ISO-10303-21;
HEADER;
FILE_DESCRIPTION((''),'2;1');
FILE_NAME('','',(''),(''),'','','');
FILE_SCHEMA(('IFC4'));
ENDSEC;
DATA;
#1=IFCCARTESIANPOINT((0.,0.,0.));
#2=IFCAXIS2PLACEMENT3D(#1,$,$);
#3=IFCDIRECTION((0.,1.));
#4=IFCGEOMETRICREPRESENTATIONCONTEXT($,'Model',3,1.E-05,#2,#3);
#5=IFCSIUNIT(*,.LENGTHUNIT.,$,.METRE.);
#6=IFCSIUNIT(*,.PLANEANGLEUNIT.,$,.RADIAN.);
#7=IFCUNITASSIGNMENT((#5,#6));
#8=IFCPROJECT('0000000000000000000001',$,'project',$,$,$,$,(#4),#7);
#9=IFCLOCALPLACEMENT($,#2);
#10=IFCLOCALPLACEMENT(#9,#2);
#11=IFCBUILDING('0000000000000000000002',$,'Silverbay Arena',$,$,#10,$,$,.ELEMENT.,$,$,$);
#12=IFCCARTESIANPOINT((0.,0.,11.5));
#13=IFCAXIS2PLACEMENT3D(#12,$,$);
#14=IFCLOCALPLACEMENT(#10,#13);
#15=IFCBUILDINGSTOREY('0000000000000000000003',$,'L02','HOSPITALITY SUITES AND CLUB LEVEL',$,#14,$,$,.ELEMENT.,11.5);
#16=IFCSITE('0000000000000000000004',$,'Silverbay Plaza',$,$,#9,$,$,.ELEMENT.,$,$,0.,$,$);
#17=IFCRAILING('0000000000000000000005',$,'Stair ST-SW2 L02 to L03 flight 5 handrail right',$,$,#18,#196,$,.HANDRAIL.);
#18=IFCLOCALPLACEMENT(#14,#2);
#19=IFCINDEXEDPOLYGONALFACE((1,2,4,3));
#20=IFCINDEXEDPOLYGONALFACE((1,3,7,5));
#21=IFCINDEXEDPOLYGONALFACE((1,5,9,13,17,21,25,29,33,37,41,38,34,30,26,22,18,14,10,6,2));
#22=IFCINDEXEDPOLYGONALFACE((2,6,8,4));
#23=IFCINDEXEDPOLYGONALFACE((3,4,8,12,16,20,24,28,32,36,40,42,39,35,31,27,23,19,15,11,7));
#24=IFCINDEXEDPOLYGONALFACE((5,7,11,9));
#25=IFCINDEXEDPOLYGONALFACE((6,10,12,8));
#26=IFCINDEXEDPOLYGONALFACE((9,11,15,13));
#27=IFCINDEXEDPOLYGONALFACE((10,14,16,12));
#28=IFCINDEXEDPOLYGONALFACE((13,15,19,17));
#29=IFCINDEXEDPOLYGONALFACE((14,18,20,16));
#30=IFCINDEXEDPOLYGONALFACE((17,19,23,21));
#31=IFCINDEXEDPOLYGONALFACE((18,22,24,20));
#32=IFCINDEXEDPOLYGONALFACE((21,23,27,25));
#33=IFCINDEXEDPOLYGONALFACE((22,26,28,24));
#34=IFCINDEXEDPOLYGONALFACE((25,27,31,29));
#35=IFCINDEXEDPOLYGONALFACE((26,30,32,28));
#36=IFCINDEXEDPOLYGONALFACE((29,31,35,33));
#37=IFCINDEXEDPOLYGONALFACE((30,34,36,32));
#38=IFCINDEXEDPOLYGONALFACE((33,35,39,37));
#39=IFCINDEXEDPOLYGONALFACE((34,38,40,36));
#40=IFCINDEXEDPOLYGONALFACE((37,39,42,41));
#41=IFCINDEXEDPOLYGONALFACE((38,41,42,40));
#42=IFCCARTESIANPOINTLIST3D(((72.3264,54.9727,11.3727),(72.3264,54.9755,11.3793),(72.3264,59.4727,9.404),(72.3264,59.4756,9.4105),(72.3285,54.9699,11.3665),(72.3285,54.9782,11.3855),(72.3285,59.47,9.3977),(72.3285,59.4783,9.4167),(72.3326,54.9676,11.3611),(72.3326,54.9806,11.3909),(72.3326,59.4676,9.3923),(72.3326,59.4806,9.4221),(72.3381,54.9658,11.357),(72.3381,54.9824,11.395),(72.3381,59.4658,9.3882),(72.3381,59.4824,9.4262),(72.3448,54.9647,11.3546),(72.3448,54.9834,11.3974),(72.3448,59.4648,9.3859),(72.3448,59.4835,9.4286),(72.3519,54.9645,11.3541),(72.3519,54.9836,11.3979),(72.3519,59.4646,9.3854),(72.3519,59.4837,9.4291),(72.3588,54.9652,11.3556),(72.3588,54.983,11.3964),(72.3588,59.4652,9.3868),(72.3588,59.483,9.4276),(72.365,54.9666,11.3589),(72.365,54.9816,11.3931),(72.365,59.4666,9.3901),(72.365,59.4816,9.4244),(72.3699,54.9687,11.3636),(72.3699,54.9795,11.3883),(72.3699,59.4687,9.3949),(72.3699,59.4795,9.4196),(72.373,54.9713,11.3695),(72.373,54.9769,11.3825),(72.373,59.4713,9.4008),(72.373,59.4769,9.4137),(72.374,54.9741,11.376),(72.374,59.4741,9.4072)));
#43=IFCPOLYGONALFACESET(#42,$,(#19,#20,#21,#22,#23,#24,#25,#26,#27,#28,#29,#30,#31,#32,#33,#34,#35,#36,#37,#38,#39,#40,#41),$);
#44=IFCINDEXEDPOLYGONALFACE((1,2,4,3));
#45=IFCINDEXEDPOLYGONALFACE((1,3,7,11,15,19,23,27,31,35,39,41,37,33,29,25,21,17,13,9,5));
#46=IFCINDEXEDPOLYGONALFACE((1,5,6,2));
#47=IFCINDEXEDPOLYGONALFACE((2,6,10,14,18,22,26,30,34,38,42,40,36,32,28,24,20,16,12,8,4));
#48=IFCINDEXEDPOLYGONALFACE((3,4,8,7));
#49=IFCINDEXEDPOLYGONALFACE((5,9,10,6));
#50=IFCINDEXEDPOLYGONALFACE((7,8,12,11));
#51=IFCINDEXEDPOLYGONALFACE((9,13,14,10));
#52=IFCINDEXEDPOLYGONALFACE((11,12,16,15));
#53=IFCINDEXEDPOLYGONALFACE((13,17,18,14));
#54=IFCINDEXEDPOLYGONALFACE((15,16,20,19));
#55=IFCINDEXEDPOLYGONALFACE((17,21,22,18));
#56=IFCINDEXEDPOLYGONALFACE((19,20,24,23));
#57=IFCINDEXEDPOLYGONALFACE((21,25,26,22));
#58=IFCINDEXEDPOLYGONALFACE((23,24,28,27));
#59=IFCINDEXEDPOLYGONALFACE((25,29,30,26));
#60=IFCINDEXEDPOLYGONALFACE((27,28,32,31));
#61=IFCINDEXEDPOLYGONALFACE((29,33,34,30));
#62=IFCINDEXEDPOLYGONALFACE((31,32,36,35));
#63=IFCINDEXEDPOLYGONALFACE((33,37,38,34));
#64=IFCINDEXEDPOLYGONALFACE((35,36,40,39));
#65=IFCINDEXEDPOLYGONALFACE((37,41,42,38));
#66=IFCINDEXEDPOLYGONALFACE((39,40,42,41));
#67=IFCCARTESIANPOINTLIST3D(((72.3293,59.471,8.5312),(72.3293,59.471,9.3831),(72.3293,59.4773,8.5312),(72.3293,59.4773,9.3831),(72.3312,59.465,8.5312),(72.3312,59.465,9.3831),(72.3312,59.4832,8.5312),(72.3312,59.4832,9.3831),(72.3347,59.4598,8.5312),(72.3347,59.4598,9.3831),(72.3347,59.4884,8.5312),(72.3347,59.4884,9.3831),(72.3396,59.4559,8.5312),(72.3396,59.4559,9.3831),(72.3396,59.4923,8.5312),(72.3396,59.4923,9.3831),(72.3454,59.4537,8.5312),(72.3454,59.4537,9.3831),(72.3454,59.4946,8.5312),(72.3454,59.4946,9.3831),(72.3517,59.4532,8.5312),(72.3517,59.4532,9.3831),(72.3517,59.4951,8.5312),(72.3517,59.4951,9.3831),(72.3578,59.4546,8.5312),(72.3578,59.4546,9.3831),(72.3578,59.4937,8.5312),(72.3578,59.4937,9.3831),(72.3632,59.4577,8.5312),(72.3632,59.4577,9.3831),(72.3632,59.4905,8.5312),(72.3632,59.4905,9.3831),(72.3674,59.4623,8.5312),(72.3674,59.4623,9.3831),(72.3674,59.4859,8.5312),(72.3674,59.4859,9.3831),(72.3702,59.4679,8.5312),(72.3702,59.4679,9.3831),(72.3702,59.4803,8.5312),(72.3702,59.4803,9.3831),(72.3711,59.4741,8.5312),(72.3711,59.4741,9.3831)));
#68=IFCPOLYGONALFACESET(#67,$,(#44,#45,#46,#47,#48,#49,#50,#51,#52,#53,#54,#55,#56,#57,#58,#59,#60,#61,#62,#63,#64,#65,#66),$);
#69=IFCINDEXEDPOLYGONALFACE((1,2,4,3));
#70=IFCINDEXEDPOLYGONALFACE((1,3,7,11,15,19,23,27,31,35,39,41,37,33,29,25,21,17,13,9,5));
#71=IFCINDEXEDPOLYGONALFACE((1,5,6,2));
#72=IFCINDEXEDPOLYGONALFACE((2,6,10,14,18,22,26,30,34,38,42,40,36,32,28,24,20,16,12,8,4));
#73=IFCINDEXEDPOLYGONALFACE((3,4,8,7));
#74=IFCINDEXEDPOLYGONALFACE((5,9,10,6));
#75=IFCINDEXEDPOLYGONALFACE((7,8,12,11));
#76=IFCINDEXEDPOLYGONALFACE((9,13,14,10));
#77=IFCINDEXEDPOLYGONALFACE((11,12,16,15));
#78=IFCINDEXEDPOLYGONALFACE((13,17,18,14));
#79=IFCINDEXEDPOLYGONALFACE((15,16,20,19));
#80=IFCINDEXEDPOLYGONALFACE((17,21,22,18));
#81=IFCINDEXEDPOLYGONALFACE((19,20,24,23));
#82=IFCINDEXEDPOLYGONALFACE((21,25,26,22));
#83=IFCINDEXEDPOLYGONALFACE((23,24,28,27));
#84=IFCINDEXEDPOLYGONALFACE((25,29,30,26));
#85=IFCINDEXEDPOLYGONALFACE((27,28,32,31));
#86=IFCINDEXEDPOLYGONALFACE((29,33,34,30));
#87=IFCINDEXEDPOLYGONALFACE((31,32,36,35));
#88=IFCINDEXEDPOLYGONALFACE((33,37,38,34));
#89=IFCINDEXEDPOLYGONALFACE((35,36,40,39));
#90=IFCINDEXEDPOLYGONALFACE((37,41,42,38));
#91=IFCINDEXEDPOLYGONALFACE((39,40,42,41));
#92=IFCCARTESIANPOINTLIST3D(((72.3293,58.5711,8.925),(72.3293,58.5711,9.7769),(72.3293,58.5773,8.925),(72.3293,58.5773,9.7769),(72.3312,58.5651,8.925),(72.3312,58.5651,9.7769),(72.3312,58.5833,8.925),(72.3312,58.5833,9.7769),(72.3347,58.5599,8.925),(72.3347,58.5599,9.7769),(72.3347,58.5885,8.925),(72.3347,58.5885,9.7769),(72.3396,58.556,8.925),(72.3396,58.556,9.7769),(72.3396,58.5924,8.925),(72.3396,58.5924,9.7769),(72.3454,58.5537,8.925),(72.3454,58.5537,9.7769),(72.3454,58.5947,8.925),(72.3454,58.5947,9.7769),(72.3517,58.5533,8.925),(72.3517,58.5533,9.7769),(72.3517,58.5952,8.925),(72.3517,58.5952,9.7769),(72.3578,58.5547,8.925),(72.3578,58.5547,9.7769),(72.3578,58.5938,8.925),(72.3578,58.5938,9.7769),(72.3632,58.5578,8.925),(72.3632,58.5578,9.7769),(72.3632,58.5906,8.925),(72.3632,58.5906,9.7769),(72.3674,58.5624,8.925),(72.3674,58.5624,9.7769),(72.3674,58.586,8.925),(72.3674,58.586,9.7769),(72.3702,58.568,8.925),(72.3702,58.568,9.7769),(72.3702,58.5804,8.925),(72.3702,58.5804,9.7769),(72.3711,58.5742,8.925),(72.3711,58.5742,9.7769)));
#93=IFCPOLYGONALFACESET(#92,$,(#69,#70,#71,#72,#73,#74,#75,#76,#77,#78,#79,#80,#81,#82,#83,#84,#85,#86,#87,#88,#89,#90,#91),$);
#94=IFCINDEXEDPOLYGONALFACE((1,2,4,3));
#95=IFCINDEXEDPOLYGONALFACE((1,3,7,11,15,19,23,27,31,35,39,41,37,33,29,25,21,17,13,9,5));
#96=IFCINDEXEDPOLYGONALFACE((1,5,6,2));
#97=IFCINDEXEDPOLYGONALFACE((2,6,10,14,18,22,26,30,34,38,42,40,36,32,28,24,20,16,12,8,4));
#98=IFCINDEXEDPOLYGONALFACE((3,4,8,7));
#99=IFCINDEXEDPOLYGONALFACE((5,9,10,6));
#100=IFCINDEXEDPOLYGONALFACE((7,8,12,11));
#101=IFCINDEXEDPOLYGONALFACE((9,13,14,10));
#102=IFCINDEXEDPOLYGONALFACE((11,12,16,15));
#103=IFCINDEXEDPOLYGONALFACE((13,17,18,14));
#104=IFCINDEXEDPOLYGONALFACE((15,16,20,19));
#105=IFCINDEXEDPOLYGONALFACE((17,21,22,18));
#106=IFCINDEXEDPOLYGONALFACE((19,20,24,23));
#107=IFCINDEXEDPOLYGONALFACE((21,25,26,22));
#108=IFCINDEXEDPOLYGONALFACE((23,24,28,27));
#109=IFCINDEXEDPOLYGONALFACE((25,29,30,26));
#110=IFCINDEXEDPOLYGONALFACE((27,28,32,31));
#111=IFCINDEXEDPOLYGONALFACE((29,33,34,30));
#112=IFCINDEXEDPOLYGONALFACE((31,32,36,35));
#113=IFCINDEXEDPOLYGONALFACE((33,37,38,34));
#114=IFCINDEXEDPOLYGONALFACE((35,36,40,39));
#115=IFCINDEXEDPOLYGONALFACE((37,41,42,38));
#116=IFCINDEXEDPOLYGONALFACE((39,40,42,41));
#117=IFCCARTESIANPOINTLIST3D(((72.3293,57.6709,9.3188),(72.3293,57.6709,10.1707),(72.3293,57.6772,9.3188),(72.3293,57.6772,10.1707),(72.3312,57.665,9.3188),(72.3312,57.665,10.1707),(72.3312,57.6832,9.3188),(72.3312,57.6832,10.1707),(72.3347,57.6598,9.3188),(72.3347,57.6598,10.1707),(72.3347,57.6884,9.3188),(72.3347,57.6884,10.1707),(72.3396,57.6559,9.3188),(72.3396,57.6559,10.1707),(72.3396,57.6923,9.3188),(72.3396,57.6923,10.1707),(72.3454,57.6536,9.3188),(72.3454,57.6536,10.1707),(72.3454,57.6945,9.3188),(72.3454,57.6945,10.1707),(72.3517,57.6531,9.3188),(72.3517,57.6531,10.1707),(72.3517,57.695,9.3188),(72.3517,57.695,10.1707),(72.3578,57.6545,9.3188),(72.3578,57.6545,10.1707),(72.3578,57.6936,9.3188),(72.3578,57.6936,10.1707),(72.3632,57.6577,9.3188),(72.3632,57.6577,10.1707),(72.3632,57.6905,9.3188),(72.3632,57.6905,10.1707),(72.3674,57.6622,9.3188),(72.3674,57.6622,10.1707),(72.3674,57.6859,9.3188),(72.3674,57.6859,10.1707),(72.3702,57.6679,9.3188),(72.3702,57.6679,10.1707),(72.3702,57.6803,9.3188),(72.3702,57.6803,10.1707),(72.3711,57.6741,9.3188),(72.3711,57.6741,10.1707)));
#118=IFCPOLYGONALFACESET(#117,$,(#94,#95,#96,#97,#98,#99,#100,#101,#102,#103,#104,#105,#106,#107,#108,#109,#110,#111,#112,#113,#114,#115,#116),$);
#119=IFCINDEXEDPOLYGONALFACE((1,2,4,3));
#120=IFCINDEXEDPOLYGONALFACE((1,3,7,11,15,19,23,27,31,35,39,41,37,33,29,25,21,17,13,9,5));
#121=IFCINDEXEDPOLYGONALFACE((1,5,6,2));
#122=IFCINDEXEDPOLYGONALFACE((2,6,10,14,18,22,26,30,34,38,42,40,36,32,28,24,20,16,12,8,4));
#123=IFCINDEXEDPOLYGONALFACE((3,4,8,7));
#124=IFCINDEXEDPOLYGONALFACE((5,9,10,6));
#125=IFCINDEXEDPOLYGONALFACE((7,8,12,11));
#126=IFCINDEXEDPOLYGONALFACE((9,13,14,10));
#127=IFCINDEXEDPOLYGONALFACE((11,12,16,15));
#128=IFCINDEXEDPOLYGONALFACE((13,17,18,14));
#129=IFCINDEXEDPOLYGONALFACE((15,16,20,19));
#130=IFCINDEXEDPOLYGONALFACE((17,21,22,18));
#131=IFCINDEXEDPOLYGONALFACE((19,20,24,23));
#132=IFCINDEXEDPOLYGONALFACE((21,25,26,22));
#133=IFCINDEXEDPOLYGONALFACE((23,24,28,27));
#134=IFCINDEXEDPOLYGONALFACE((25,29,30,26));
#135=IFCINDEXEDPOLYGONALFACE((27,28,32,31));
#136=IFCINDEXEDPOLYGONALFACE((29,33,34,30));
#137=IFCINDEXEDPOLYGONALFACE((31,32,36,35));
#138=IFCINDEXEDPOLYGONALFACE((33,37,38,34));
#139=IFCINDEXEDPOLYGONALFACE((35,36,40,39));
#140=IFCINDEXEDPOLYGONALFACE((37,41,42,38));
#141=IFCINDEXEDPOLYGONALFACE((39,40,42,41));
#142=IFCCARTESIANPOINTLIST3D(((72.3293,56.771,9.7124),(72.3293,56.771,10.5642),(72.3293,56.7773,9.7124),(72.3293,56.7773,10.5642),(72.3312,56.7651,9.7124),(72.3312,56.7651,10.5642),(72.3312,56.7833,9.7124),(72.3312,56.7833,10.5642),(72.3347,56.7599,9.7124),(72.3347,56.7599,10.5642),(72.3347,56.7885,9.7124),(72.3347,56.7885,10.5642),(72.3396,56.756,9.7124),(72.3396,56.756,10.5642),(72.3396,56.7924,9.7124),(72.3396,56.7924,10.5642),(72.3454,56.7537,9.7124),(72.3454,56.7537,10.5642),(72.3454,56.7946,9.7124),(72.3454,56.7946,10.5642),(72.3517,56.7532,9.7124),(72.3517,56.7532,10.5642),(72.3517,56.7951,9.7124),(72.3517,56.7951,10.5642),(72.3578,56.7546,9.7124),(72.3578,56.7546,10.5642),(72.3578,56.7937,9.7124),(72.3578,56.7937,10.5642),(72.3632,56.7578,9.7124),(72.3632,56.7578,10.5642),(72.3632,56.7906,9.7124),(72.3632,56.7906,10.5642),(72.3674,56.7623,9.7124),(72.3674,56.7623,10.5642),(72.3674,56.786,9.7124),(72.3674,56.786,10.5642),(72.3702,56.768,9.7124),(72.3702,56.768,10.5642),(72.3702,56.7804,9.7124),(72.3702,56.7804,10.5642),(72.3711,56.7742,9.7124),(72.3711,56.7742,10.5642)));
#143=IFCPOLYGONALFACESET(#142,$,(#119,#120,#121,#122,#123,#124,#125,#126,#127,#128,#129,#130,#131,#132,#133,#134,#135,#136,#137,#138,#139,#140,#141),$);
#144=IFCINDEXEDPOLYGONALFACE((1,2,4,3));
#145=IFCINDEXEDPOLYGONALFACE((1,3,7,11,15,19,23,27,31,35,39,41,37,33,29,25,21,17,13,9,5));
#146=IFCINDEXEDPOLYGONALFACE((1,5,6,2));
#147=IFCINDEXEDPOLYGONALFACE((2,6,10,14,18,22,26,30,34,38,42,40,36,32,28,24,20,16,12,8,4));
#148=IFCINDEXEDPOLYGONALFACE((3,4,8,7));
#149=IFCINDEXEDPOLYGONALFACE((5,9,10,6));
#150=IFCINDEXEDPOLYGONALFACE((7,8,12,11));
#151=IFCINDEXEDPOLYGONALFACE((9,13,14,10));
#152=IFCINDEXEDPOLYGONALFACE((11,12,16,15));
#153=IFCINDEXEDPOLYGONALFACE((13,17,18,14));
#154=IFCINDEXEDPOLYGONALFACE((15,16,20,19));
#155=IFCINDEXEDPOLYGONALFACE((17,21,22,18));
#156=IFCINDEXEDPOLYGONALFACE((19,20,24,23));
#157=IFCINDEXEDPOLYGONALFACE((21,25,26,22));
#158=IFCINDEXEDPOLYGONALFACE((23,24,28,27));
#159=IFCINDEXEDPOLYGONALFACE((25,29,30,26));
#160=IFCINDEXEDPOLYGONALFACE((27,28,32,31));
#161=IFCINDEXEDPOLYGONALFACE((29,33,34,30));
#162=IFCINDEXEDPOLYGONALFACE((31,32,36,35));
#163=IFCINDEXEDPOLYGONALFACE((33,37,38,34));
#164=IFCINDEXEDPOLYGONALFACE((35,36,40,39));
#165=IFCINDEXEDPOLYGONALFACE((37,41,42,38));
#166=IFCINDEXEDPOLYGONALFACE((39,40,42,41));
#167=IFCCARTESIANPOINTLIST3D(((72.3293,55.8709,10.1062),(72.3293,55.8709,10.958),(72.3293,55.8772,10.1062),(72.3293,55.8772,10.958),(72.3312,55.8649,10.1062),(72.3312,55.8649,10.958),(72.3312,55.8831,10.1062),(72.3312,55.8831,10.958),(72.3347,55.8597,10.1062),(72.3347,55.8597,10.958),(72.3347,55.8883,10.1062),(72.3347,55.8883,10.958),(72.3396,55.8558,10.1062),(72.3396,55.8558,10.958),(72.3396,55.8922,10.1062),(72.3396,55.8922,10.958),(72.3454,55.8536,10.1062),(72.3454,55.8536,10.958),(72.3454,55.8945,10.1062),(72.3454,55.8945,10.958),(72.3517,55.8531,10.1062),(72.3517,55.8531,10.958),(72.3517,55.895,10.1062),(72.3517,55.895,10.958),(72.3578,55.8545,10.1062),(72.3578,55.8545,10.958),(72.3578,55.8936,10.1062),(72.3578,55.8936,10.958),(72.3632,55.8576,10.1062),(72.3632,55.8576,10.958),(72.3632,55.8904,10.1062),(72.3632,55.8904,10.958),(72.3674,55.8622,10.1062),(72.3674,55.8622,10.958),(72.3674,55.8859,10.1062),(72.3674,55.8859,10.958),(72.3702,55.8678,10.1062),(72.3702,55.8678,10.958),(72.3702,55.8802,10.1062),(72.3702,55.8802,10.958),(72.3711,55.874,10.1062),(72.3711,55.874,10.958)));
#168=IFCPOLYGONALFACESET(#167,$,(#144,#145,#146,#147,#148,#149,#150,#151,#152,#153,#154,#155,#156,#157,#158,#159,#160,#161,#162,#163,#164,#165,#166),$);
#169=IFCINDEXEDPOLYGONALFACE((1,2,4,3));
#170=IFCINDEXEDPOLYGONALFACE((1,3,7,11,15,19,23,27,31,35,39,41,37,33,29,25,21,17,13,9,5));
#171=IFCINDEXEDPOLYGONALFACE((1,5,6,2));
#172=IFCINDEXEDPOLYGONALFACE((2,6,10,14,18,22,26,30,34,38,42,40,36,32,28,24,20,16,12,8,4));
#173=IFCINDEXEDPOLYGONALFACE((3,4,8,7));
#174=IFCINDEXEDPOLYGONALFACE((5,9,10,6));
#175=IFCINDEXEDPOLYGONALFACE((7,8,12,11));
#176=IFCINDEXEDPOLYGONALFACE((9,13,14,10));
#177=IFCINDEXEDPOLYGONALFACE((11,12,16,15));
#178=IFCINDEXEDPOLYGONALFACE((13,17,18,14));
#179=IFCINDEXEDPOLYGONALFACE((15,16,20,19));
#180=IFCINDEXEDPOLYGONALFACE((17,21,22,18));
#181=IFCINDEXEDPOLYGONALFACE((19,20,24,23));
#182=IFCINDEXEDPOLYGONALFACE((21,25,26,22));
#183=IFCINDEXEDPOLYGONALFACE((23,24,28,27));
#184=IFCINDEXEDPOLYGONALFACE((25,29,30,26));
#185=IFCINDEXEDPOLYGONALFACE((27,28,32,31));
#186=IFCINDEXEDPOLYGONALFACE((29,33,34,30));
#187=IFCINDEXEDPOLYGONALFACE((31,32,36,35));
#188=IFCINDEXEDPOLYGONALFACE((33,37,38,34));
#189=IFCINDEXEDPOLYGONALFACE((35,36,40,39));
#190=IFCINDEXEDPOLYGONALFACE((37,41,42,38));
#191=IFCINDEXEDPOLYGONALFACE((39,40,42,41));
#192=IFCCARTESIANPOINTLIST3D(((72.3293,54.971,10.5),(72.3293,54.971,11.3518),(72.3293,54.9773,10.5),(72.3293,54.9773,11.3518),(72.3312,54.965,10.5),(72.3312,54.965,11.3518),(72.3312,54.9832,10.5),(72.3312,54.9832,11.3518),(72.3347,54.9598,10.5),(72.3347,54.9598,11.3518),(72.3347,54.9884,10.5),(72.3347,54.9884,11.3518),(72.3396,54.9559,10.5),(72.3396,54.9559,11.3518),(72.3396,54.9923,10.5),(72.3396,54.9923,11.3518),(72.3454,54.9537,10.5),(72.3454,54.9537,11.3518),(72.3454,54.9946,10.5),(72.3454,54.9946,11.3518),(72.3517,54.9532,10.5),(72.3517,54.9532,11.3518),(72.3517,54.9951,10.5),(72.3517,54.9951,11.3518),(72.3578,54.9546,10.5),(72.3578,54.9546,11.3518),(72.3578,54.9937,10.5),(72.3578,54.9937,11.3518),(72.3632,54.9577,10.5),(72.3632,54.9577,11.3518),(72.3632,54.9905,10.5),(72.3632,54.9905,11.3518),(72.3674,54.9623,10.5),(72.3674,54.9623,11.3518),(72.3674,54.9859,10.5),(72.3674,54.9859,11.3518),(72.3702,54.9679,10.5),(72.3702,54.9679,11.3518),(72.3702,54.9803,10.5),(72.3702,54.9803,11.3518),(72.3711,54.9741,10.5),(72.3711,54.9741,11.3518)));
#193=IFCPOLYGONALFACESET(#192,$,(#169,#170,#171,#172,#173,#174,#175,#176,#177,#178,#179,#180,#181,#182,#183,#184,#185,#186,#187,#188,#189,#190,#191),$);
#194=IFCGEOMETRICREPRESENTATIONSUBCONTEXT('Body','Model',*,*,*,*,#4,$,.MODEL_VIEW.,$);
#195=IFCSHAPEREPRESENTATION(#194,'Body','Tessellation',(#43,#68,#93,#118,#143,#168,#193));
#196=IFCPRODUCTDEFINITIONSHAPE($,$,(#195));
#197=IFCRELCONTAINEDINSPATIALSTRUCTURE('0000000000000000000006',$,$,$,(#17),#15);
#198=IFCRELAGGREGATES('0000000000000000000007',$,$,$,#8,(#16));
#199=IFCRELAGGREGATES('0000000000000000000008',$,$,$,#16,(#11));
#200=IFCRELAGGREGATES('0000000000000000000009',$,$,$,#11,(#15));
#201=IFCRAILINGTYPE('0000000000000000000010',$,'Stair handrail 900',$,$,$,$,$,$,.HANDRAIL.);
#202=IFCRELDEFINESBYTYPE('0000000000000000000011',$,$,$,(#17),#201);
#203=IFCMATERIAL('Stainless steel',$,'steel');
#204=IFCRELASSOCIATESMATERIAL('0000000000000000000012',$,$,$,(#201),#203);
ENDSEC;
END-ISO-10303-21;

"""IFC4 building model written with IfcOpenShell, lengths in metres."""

from ifc_helpers import new_model, si_unit, direction, frame, origin, origin_2d, place, context, subcontext, project, spatial, circle, extrude, material, type_object, element, save


model = new_model("IFC4")

# Units and contexts
model_context = context("Model", 3, precision=1e-05, world=origin(), true_north=direction((0.0, 1.0)))
body_context = subcontext(model_context, "Body", "Model", "MODEL_VIEW")
ifc_project = project(units=[si_unit("LENGTHUNIT", "METRE"), si_unit("PLANEANGLEUNIT", "RADIAN")], contexts=[model_context])

# Site, building, storey
site_placement = place(None, origin())
site = spatial("IfcSite", under=ifc_project, at=site_placement, Name="Silverbay Plaza", CompositionType="ELEMENT", RefElevation=0.0)
building_placement = place(site_placement, origin())
building = spatial("IfcBuilding", under=site, at=building_placement, Name="Silverbay Arena", CompositionType="ELEMENT")
storey_placement = place(building_placement, frame((0.0, 0.0, 11.5)))
storey = spatial("IfcBuildingStorey", under=building, at=storey_placement, Name="L02", Description="HOSPITALITY SUITES AND CLUB LEVEL", CompositionType="ELEMENT", Elevation=11.5)

# Railing
ifc_material_1 = material(Name="Stainless steel", Category="steel")
railing_type_1 = type_object("IfcRailingType", Name="Stair handrail 900", PredefinedType="HANDRAIL", material=ifc_material_1)
for number, where, name in (
    (1, (72.3501, 59.4741, 8.5312), "Stair ST-SW2 L02 to L03 flight 5 handrail right"),
):
    element("IfcRailing", number, at=place(storey_placement, frame(where)), inside=storey, type_object=railing_type_1, Name=name, PredefinedType="HANDRAIL", context=body_context, shape_type="SweptSolid", body=[
        extrude(circle(Radius=0.0239, at=origin_2d()), frame((0.0, 0.0, 0.876), z_axis=(0.0, -0.916157, 0.400819), x_axis=(1.0, 0.0, 0.0)), (0.0, 0.0, 1.0), 4.9119),
        extrude(circle(Radius=0.021, at=origin_2d()), origin(), (0.0, 0.0, 1.0), 0.8518),
        extrude(circle(Radius=0.021, at=origin_2d()), frame((0.0, -0.8999, 0.3938)), (0.0, 0.0, 1.0), 0.8518),
        extrude(circle(Radius=0.021, at=origin_2d()), frame((0.0, -1.8, 0.7876)), (0.0, 0.0, 1.0), 0.8518),
        extrude(circle(Radius=0.021, at=origin_2d()), frame((0.0, -2.7, 1.1812)), (0.0, 0.0, 1.0), 0.8518),
        extrude(circle(Radius=0.021, at=origin_2d()), frame((0.0, -3.6001, 1.575)), (0.0, 0.0, 1.0), 0.8518),
        extrude(circle(Radius=0.021, at=origin_2d()), frame((0.0, -4.5, 1.9688)), (0.0, 0.0, 1.0), 0.8518),
    ])

save(model, "model.ifc")
